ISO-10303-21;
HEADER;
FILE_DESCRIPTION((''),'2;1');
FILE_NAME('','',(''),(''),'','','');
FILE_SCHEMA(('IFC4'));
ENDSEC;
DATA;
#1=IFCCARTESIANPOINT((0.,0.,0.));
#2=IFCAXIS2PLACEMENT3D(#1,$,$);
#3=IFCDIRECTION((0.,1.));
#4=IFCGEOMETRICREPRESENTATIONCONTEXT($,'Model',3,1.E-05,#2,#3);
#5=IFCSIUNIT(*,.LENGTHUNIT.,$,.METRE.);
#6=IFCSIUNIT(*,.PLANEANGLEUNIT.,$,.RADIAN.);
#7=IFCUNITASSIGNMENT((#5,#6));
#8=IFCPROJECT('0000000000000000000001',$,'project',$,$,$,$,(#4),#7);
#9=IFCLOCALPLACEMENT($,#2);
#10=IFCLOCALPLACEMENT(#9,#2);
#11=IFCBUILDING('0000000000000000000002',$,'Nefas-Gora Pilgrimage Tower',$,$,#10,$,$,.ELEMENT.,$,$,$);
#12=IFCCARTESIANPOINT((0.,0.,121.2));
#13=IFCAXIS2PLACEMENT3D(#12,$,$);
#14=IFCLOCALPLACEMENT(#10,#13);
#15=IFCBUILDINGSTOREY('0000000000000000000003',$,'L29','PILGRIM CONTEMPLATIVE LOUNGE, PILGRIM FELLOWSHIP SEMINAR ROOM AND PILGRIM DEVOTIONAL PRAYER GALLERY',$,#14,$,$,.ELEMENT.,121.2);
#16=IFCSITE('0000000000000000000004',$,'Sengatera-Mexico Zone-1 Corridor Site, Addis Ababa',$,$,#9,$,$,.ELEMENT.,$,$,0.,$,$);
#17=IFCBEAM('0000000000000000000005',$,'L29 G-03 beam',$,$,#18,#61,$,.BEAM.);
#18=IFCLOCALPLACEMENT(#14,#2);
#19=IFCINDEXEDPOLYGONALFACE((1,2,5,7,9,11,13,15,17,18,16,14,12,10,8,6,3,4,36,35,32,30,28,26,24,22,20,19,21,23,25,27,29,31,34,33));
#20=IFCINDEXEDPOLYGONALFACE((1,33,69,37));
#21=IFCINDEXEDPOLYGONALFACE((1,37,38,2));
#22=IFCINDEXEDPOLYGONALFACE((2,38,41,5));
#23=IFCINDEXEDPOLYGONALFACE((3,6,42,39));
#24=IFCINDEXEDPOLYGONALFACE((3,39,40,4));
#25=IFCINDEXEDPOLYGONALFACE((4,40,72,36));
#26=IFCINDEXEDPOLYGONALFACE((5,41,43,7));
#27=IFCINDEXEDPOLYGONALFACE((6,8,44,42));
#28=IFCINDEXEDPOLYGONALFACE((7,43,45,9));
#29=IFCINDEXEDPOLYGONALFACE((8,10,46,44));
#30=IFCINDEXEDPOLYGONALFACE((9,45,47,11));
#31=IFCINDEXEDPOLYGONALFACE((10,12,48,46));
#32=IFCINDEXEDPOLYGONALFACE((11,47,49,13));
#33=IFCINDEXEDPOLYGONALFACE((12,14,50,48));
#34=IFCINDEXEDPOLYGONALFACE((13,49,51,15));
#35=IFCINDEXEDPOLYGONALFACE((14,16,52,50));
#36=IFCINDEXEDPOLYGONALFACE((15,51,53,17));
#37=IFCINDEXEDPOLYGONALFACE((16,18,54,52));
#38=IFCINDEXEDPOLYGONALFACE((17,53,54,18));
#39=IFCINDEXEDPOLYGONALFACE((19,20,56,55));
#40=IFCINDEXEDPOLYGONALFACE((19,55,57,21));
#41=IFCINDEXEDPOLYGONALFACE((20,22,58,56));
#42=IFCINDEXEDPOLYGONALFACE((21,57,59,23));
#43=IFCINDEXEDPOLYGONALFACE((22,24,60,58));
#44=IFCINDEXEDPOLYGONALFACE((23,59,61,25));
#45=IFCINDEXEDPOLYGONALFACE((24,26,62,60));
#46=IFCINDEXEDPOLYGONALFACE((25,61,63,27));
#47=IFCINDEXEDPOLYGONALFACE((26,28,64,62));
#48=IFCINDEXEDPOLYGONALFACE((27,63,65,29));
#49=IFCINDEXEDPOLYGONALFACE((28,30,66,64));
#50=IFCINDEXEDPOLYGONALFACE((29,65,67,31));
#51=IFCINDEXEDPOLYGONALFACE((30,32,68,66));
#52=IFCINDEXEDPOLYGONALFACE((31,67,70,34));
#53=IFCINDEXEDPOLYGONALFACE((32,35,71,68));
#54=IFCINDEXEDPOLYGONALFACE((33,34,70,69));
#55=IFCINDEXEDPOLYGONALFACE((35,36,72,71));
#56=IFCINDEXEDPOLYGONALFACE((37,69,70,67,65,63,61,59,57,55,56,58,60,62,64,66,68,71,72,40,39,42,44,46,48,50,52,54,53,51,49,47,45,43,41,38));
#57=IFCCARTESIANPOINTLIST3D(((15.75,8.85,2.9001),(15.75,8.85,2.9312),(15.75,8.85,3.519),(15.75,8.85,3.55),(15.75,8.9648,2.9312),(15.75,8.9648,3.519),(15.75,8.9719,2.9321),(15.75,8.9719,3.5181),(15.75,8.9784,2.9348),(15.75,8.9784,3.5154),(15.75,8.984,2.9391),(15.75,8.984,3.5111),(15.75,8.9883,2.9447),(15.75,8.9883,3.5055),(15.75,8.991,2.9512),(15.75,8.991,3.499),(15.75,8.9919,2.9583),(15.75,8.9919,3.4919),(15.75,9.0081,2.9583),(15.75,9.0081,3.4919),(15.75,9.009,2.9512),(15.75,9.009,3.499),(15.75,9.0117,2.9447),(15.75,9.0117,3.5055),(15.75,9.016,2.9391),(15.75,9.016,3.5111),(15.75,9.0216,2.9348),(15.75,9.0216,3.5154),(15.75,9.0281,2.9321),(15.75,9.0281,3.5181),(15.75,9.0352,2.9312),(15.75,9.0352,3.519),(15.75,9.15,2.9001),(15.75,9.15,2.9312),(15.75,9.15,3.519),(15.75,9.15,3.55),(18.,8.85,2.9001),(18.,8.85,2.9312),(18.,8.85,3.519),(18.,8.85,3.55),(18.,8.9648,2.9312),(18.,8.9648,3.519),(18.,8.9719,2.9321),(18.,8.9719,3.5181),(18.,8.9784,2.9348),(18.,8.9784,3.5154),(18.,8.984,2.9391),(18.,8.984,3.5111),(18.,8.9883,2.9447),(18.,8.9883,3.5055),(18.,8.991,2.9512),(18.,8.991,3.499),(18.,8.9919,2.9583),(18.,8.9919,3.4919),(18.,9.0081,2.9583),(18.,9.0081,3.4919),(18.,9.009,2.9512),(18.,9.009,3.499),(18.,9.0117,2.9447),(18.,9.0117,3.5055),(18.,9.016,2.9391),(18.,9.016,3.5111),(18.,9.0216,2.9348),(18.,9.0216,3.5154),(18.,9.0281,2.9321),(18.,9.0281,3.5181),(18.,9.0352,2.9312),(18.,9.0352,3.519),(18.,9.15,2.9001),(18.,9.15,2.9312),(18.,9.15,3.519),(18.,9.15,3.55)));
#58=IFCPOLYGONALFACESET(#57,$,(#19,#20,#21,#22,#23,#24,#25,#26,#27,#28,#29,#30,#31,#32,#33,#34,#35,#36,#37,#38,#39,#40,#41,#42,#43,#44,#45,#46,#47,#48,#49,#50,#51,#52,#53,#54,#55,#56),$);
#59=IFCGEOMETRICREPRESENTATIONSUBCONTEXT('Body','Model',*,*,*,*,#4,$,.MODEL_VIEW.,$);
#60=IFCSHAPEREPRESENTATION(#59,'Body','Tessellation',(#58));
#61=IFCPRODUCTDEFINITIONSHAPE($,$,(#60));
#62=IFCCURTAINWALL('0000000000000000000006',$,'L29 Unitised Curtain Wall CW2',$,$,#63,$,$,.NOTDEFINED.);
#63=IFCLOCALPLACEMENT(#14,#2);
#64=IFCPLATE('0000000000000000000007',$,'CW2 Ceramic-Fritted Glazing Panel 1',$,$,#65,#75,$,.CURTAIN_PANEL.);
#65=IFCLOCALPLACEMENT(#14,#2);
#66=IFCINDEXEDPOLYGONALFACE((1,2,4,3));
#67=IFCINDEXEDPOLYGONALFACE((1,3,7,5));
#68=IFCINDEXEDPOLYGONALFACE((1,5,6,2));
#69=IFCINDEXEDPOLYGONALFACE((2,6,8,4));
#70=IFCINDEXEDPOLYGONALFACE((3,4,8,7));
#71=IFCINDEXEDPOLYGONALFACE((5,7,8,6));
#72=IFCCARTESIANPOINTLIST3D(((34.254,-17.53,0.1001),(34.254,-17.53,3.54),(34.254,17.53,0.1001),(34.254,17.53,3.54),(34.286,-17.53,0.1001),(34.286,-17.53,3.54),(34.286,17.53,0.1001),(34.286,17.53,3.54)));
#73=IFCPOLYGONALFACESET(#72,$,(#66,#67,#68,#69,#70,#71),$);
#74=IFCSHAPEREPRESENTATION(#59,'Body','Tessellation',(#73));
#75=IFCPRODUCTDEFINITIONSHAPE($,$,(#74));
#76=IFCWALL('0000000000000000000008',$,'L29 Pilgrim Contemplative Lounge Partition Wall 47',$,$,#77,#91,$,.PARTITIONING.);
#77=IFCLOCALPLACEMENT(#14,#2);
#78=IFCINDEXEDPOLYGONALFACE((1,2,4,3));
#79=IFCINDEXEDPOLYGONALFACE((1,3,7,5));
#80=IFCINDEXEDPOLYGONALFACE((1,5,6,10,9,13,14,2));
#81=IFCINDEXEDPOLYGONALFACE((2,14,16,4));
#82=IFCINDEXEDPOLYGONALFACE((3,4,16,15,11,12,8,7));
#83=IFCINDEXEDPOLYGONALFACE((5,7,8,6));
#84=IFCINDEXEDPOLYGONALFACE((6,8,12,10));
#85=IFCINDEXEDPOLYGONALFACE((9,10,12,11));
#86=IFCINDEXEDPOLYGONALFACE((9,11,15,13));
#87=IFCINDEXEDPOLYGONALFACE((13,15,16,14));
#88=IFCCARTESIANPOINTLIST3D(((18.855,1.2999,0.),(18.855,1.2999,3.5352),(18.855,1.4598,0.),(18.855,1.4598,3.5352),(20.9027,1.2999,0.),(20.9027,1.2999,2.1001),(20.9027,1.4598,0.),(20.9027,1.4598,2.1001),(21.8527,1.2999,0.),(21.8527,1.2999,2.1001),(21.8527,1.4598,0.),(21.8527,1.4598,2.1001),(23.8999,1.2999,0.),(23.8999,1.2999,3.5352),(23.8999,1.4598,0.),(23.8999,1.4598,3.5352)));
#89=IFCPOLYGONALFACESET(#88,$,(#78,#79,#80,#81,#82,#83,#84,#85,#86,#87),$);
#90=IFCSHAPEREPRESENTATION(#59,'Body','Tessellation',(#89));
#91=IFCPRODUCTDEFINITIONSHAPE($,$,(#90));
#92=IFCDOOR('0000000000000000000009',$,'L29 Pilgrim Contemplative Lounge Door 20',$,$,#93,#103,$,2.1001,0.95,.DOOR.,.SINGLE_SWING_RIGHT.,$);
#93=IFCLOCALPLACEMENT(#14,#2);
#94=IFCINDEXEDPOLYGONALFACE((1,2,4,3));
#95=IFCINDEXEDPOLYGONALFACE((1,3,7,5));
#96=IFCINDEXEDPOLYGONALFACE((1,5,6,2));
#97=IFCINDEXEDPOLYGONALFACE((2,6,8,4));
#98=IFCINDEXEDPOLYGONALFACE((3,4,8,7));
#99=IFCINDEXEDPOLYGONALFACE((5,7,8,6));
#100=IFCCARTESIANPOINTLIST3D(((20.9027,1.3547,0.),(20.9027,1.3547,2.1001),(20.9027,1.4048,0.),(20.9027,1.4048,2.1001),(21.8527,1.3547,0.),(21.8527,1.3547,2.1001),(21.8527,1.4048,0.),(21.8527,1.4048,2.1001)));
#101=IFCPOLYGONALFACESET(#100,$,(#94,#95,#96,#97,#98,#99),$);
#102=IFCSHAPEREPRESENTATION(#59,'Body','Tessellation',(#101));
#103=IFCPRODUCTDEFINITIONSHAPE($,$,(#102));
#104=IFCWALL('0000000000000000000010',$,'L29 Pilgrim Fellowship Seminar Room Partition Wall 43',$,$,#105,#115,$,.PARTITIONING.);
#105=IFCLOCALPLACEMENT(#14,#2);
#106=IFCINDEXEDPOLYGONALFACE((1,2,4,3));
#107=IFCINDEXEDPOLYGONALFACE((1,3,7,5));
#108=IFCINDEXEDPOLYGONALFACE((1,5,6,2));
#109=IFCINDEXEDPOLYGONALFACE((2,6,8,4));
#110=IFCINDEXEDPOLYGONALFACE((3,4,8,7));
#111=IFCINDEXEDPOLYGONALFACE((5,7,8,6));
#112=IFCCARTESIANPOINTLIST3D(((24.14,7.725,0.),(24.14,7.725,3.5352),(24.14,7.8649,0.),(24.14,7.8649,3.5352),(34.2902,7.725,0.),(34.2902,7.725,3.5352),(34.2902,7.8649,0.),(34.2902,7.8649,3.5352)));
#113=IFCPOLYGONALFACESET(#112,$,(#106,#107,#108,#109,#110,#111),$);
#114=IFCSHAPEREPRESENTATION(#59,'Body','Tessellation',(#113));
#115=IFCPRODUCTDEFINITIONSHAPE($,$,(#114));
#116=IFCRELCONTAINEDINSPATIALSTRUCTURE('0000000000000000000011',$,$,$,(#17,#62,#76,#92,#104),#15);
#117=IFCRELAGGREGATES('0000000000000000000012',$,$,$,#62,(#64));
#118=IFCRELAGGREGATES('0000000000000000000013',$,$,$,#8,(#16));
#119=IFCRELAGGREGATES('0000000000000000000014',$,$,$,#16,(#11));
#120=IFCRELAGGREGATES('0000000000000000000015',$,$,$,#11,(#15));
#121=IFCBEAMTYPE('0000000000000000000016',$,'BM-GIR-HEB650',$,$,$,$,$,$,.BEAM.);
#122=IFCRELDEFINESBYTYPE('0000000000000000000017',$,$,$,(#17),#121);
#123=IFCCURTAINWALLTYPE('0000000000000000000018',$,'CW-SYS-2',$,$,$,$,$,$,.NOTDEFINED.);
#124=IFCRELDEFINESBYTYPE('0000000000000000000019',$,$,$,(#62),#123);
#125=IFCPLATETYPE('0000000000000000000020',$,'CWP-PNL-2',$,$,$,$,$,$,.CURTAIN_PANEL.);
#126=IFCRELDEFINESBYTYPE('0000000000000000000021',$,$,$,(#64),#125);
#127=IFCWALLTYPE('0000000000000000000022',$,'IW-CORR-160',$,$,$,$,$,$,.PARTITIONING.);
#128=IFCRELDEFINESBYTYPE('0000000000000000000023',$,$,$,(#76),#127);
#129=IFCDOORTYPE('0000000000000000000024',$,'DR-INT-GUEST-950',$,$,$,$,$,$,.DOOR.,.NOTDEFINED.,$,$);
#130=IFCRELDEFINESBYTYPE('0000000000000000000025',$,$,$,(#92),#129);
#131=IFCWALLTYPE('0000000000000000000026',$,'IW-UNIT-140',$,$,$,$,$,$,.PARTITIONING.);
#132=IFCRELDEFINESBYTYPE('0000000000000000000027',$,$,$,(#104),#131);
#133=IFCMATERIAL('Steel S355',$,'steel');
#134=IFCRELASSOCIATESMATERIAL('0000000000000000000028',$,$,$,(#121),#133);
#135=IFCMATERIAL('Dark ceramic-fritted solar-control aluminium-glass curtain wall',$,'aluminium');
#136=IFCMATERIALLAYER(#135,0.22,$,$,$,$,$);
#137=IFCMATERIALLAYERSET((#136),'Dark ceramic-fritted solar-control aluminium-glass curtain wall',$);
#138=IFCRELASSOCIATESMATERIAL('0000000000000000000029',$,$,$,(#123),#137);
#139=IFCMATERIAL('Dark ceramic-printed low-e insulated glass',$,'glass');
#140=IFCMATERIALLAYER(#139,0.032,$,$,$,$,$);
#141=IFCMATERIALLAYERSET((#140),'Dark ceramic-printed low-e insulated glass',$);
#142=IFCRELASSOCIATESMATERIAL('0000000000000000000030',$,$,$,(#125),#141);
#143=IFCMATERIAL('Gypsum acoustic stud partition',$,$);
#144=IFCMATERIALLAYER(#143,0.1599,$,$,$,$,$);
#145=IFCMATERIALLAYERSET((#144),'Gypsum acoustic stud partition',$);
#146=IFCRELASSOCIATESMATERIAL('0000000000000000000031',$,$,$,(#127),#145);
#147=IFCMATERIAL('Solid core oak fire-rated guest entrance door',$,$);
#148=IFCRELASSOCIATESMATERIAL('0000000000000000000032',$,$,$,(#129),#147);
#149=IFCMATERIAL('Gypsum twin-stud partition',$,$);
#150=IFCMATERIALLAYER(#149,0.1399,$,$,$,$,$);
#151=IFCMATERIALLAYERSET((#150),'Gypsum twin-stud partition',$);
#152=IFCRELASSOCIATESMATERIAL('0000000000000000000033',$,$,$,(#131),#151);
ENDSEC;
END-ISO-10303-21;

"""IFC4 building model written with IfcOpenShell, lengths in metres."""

from ifc_helpers import new_model, si_unit, direction, frame, frame_2d, origin, origin_2d, place, context, subcontext, project, spatial, rectangle, i_section, extrude, source, transform, mapped, material, layer, layer_set, material_profile, profile_set, type_object, element, fill, aggregate, save


model = new_model("IFC4")

# Units and contexts
model_context = context("Model", 3, precision=1e-05, world=origin(), true_north=direction((0.0, 1.0)))
body_context = subcontext(model_context, "Body", "Model", "MODEL_VIEW")
ifc_project = project(units=[si_unit("LENGTHUNIT", "METRE"), si_unit("PLANEANGLEUNIT", "RADIAN")], contexts=[model_context])

# Site, building, storey
site_placement = place(None, origin())
site = spatial("IfcSite", under=ifc_project, at=site_placement, Name="Sengatera-Mexico Zone-1 Corridor Site, Addis Ababa", CompositionType="ELEMENT", RefElevation=0.0)
building_placement = place(site_placement, origin())
building = spatial("IfcBuilding", under=site, at=building_placement, Name="Nefas-Gora Pilgrimage Tower", CompositionType="ELEMENT")
storey_placement = place(building_placement, frame((0.0, 0.0, 121.2)))
storey = spatial("IfcBuildingStorey", under=building, at=storey_placement, Name="L29", Description="PILGRIM CONTEMPLATIVE LOUNGE, PILGRIM FELLOWSHIP SEMINAR ROOM AND PILGRIM DEVOTIONAL PRAYER GALLERY", CompositionType="ELEMENT", Elevation=121.2)

# Beam
ifc_material_1 = material(Name="Steel S355", Category="steel")
ifc_material_profile_1 = material_profile(ifc_material_1, i_section(OverallWidth=0.3, OverallDepth=0.6499, WebThickness=0.0161, FlangeThickness=0.031, FilletRadius=0.0271, at=origin_2d()), Name="HEB 650")
ifc_profile_set_1 = profile_set([ifc_material_profile_1], Name="Steel S355")
beam_type_1 = type_object("IfcBeamType", Name="BM-GIR-HEB650", PredefinedType="BEAM", material=ifc_profile_set_1)
shared_shape_1 = source(origin(), body_context, "Body", "SweptSolid", [
    extrude(i_section(OverallWidth=0.3, OverallDepth=0.6499, WebThickness=0.0161, FlangeThickness=0.031, FilletRadius=0.0271, at=origin_2d()), origin(), (0.0, 0.0, 1.0), 2.25),
])
beam_placement = place(storey_placement, frame((15.75, 9.0, 3.2251), z_axis=(1.0, 0.0, 0.0), x_axis=(0.0, 1.0, 0.0)))
element("IfcBeam", 1, at=beam_placement, inside=storey, type_object=beam_type_1, Name="L29 G-03 beam", PredefinedType="BEAM", context=body_context, shape_type="MappedRepresentation", body=[
    mapped(shared_shape_1, transform((0.0, 0.0, 0.0), x_axis=(1.0, 0.0, 0.0), y_axis=(0.0, 1.0, 0.0), z_axis=(0.0, 0.0, 1.0), scale=1.0)),
])

# Curtain wall, plate
ifc_material_2 = material(Name="Dark ceramic-fritted solar-control aluminium-glass curtain wall", Category="aluminium")
ifc_layer_1 = layer(ifc_material_2, 0.22)
ifc_layer_set_1 = layer_set([ifc_layer_1], Name="Dark ceramic-fritted solar-control aluminium-glass curtain wall")
curtain_wall_type = type_object("IfcCurtainWallType", Name="CW-SYS-2", PredefinedType="NOTDEFINED", material=ifc_layer_set_1)
curtain_wall_placement = place(storey_placement, origin())
curtain_wall = element("IfcCurtainWall", 2, at=curtain_wall_placement, inside=storey, type_object=curtain_wall_type, Name="L29 Unitised Curtain Wall CW2", PredefinedType="NOTDEFINED")
ifc_material_3 = material(Name="Dark ceramic-printed low-e insulated glass", Category="glass")
ifc_layer_2 = layer(ifc_material_3, 0.032)
ifc_layer_set_2 = layer_set([ifc_layer_2], Name="Dark ceramic-printed low-e insulated glass")
plate_type = type_object("IfcPlateType", Name="CWP-PNL-2", PredefinedType="CURTAIN_PANEL", material=ifc_layer_set_2)
shared_shape_2 = source(origin(), body_context, "Body", "SweptSolid", [
    extrude(rectangle(XDim=35.0601, YDim=0.032, at=origin_2d()), origin(), (0.0, 0.0, 1.0), 3.4399),
])
plate_placement = place(storey_placement, frame((34.27, 0.0, 0.1001), z_axis=(0.0, 0.0, 1.0), x_axis=(0.0, 1.0, 0.0)))
plate = element("IfcPlate", 3, at=plate_placement, type_object=plate_type, Name="CW2 Ceramic-Fritted Glazing Panel 1", PredefinedType="CURTAIN_PANEL", context=body_context, shape_type="MappedRepresentation", body=[
    mapped(shared_shape_2, transform((0.0, 0.0, 0.0), x_axis=(1.0, 0.0, 0.0), y_axis=(0.0, 1.0, 0.0), z_axis=(0.0, 0.0, 1.0), scale=1.0)),
])
aggregate(curtain_wall, [plate])

# Wall, opening, door
ifc_material_4 = material(Name="Gypsum acoustic stud partition")
ifc_layer_3 = layer(ifc_material_4, 0.1599)
ifc_layer_set_3 = layer_set([ifc_layer_3], Name="Gypsum acoustic stud partition")
wall_type_1 = type_object("IfcWallType", Name="IW-CORR-160", PredefinedType="PARTITIONING", material=ifc_layer_set_3)
shared_shape_3 = source(origin(), body_context, "Body", "SweptSolid", [
    extrude(rectangle(XDim=5.0449, YDim=0.1599, at=frame_2d((2.5225, 0.0))), origin(), (0.0, 0.0, 1.0), 3.5352),
])
wall_1_placement = place(storey_placement, frame((18.855, 1.3799, 0.0), z_axis=(0.0, 0.0, 1.0), x_axis=(1.0, 0.0, 0.0)))
wall_1 = element("IfcWall", 4, at=wall_1_placement, inside=storey, type_object=wall_type_1, Name="L29 Pilgrim Contemplative Lounge Partition Wall 47", PredefinedType="PARTITIONING", context=body_context, shape_type="MappedRepresentation", body=[
    mapped(shared_shape_3, transform((0.0, 0.0, 0.0), x_axis=(1.0, 0.0, 0.0), y_axis=(0.0, 1.0, 0.0), z_axis=(0.0, 0.0, 1.0), scale=1.0)),
])
opening_placement = place(wall_1_placement, frame((2.0476, 0.0, 0.0)))
opening = element("IfcOpeningElement", 5, at=opening_placement, cuts=wall_1, PredefinedType="OPENING", context=body_context, shape_type="SweptSolid", body=[
    extrude(rectangle(XDim=0.95, YDim=2.1001, at=frame_2d((0.4751, 1.05))), frame((0.0, 0.0898, 0.0), z_axis=(0.0, -1.0, 0.0), x_axis=(1.0, 0.0, 0.0)), (0.0, 0.0, 1.0), 0.1799),
])
ifc_material_5 = material(Name="Solid core oak fire-rated guest entrance door")
door_type = type_object("IfcDoorType", Name="DR-INT-GUEST-950", OperationType="NOTDEFINED", PredefinedType="DOOR", material=ifc_material_5)
shared_shape_4 = source(origin(), body_context, "Body", "SweptSolid", [
    extrude(rectangle(XDim=0.95, YDim=2.1001, at=frame_2d((0.4751, 1.05))), frame((0.0, 0.0249, 0.0), z_axis=(0.0, -1.0, 0.0), x_axis=(1.0, 0.0, 0.0)), (0.0, 0.0, 1.0), 0.05),
])
door_placement = place(opening_placement, origin())
door = element("IfcDoor", 6, at=door_placement, inside=storey, type_object=door_type, Name="L29 Pilgrim Contemplative Lounge Door 20", OperationType="SINGLE_SWING_RIGHT", OverallHeight=2.1001, OverallWidth=0.95, PredefinedType="DOOR", context=body_context, shape_type="MappedRepresentation", body=[
    mapped(shared_shape_4, transform((0.0, 0.0, 0.0), x_axis=(1.0, 0.0, 0.0), y_axis=(0.0, 1.0, 0.0), z_axis=(0.0, 0.0, 1.0), scale=1.0)),
])
fill(opening, door)

# Wall
ifc_material_6 = material(Name="Gypsum twin-stud partition")
ifc_layer_4 = layer(ifc_material_6, 0.1399)
ifc_layer_set_4 = layer_set([ifc_layer_4], Name="Gypsum twin-stud partition")
wall_type_2 = type_object("IfcWallType", Name="IW-UNIT-140", PredefinedType="PARTITIONING", material=ifc_layer_set_4)
shared_shape_5 = source(origin(), body_context, "Body", "SweptSolid", [
    extrude(rectangle(XDim=10.1501, YDim=0.1399, at=frame_2d((5.0752, 0.0))), origin(), (0.0, 0.0, 1.0), 3.5352),
])
wall_2_placement = place(storey_placement, frame((24.1399, 7.7949, 0.0), z_axis=(0.0, 0.0, 1.0), x_axis=(1.0, 0.0, 0.0)))
element("IfcWall", 7, at=wall_2_placement, inside=storey, type_object=wall_type_2, Name="L29 Pilgrim Fellowship Seminar Room Partition Wall 43", PredefinedType="PARTITIONING", context=body_context, shape_type="MappedRepresentation", body=[
    mapped(shared_shape_5, transform((0.0, 0.0, 0.0), x_axis=(1.0, 0.0, 0.0), y_axis=(0.0, 1.0, 0.0), z_axis=(0.0, 0.0, 1.0), scale=1.0)),
])

save(model, "model.ifc")
